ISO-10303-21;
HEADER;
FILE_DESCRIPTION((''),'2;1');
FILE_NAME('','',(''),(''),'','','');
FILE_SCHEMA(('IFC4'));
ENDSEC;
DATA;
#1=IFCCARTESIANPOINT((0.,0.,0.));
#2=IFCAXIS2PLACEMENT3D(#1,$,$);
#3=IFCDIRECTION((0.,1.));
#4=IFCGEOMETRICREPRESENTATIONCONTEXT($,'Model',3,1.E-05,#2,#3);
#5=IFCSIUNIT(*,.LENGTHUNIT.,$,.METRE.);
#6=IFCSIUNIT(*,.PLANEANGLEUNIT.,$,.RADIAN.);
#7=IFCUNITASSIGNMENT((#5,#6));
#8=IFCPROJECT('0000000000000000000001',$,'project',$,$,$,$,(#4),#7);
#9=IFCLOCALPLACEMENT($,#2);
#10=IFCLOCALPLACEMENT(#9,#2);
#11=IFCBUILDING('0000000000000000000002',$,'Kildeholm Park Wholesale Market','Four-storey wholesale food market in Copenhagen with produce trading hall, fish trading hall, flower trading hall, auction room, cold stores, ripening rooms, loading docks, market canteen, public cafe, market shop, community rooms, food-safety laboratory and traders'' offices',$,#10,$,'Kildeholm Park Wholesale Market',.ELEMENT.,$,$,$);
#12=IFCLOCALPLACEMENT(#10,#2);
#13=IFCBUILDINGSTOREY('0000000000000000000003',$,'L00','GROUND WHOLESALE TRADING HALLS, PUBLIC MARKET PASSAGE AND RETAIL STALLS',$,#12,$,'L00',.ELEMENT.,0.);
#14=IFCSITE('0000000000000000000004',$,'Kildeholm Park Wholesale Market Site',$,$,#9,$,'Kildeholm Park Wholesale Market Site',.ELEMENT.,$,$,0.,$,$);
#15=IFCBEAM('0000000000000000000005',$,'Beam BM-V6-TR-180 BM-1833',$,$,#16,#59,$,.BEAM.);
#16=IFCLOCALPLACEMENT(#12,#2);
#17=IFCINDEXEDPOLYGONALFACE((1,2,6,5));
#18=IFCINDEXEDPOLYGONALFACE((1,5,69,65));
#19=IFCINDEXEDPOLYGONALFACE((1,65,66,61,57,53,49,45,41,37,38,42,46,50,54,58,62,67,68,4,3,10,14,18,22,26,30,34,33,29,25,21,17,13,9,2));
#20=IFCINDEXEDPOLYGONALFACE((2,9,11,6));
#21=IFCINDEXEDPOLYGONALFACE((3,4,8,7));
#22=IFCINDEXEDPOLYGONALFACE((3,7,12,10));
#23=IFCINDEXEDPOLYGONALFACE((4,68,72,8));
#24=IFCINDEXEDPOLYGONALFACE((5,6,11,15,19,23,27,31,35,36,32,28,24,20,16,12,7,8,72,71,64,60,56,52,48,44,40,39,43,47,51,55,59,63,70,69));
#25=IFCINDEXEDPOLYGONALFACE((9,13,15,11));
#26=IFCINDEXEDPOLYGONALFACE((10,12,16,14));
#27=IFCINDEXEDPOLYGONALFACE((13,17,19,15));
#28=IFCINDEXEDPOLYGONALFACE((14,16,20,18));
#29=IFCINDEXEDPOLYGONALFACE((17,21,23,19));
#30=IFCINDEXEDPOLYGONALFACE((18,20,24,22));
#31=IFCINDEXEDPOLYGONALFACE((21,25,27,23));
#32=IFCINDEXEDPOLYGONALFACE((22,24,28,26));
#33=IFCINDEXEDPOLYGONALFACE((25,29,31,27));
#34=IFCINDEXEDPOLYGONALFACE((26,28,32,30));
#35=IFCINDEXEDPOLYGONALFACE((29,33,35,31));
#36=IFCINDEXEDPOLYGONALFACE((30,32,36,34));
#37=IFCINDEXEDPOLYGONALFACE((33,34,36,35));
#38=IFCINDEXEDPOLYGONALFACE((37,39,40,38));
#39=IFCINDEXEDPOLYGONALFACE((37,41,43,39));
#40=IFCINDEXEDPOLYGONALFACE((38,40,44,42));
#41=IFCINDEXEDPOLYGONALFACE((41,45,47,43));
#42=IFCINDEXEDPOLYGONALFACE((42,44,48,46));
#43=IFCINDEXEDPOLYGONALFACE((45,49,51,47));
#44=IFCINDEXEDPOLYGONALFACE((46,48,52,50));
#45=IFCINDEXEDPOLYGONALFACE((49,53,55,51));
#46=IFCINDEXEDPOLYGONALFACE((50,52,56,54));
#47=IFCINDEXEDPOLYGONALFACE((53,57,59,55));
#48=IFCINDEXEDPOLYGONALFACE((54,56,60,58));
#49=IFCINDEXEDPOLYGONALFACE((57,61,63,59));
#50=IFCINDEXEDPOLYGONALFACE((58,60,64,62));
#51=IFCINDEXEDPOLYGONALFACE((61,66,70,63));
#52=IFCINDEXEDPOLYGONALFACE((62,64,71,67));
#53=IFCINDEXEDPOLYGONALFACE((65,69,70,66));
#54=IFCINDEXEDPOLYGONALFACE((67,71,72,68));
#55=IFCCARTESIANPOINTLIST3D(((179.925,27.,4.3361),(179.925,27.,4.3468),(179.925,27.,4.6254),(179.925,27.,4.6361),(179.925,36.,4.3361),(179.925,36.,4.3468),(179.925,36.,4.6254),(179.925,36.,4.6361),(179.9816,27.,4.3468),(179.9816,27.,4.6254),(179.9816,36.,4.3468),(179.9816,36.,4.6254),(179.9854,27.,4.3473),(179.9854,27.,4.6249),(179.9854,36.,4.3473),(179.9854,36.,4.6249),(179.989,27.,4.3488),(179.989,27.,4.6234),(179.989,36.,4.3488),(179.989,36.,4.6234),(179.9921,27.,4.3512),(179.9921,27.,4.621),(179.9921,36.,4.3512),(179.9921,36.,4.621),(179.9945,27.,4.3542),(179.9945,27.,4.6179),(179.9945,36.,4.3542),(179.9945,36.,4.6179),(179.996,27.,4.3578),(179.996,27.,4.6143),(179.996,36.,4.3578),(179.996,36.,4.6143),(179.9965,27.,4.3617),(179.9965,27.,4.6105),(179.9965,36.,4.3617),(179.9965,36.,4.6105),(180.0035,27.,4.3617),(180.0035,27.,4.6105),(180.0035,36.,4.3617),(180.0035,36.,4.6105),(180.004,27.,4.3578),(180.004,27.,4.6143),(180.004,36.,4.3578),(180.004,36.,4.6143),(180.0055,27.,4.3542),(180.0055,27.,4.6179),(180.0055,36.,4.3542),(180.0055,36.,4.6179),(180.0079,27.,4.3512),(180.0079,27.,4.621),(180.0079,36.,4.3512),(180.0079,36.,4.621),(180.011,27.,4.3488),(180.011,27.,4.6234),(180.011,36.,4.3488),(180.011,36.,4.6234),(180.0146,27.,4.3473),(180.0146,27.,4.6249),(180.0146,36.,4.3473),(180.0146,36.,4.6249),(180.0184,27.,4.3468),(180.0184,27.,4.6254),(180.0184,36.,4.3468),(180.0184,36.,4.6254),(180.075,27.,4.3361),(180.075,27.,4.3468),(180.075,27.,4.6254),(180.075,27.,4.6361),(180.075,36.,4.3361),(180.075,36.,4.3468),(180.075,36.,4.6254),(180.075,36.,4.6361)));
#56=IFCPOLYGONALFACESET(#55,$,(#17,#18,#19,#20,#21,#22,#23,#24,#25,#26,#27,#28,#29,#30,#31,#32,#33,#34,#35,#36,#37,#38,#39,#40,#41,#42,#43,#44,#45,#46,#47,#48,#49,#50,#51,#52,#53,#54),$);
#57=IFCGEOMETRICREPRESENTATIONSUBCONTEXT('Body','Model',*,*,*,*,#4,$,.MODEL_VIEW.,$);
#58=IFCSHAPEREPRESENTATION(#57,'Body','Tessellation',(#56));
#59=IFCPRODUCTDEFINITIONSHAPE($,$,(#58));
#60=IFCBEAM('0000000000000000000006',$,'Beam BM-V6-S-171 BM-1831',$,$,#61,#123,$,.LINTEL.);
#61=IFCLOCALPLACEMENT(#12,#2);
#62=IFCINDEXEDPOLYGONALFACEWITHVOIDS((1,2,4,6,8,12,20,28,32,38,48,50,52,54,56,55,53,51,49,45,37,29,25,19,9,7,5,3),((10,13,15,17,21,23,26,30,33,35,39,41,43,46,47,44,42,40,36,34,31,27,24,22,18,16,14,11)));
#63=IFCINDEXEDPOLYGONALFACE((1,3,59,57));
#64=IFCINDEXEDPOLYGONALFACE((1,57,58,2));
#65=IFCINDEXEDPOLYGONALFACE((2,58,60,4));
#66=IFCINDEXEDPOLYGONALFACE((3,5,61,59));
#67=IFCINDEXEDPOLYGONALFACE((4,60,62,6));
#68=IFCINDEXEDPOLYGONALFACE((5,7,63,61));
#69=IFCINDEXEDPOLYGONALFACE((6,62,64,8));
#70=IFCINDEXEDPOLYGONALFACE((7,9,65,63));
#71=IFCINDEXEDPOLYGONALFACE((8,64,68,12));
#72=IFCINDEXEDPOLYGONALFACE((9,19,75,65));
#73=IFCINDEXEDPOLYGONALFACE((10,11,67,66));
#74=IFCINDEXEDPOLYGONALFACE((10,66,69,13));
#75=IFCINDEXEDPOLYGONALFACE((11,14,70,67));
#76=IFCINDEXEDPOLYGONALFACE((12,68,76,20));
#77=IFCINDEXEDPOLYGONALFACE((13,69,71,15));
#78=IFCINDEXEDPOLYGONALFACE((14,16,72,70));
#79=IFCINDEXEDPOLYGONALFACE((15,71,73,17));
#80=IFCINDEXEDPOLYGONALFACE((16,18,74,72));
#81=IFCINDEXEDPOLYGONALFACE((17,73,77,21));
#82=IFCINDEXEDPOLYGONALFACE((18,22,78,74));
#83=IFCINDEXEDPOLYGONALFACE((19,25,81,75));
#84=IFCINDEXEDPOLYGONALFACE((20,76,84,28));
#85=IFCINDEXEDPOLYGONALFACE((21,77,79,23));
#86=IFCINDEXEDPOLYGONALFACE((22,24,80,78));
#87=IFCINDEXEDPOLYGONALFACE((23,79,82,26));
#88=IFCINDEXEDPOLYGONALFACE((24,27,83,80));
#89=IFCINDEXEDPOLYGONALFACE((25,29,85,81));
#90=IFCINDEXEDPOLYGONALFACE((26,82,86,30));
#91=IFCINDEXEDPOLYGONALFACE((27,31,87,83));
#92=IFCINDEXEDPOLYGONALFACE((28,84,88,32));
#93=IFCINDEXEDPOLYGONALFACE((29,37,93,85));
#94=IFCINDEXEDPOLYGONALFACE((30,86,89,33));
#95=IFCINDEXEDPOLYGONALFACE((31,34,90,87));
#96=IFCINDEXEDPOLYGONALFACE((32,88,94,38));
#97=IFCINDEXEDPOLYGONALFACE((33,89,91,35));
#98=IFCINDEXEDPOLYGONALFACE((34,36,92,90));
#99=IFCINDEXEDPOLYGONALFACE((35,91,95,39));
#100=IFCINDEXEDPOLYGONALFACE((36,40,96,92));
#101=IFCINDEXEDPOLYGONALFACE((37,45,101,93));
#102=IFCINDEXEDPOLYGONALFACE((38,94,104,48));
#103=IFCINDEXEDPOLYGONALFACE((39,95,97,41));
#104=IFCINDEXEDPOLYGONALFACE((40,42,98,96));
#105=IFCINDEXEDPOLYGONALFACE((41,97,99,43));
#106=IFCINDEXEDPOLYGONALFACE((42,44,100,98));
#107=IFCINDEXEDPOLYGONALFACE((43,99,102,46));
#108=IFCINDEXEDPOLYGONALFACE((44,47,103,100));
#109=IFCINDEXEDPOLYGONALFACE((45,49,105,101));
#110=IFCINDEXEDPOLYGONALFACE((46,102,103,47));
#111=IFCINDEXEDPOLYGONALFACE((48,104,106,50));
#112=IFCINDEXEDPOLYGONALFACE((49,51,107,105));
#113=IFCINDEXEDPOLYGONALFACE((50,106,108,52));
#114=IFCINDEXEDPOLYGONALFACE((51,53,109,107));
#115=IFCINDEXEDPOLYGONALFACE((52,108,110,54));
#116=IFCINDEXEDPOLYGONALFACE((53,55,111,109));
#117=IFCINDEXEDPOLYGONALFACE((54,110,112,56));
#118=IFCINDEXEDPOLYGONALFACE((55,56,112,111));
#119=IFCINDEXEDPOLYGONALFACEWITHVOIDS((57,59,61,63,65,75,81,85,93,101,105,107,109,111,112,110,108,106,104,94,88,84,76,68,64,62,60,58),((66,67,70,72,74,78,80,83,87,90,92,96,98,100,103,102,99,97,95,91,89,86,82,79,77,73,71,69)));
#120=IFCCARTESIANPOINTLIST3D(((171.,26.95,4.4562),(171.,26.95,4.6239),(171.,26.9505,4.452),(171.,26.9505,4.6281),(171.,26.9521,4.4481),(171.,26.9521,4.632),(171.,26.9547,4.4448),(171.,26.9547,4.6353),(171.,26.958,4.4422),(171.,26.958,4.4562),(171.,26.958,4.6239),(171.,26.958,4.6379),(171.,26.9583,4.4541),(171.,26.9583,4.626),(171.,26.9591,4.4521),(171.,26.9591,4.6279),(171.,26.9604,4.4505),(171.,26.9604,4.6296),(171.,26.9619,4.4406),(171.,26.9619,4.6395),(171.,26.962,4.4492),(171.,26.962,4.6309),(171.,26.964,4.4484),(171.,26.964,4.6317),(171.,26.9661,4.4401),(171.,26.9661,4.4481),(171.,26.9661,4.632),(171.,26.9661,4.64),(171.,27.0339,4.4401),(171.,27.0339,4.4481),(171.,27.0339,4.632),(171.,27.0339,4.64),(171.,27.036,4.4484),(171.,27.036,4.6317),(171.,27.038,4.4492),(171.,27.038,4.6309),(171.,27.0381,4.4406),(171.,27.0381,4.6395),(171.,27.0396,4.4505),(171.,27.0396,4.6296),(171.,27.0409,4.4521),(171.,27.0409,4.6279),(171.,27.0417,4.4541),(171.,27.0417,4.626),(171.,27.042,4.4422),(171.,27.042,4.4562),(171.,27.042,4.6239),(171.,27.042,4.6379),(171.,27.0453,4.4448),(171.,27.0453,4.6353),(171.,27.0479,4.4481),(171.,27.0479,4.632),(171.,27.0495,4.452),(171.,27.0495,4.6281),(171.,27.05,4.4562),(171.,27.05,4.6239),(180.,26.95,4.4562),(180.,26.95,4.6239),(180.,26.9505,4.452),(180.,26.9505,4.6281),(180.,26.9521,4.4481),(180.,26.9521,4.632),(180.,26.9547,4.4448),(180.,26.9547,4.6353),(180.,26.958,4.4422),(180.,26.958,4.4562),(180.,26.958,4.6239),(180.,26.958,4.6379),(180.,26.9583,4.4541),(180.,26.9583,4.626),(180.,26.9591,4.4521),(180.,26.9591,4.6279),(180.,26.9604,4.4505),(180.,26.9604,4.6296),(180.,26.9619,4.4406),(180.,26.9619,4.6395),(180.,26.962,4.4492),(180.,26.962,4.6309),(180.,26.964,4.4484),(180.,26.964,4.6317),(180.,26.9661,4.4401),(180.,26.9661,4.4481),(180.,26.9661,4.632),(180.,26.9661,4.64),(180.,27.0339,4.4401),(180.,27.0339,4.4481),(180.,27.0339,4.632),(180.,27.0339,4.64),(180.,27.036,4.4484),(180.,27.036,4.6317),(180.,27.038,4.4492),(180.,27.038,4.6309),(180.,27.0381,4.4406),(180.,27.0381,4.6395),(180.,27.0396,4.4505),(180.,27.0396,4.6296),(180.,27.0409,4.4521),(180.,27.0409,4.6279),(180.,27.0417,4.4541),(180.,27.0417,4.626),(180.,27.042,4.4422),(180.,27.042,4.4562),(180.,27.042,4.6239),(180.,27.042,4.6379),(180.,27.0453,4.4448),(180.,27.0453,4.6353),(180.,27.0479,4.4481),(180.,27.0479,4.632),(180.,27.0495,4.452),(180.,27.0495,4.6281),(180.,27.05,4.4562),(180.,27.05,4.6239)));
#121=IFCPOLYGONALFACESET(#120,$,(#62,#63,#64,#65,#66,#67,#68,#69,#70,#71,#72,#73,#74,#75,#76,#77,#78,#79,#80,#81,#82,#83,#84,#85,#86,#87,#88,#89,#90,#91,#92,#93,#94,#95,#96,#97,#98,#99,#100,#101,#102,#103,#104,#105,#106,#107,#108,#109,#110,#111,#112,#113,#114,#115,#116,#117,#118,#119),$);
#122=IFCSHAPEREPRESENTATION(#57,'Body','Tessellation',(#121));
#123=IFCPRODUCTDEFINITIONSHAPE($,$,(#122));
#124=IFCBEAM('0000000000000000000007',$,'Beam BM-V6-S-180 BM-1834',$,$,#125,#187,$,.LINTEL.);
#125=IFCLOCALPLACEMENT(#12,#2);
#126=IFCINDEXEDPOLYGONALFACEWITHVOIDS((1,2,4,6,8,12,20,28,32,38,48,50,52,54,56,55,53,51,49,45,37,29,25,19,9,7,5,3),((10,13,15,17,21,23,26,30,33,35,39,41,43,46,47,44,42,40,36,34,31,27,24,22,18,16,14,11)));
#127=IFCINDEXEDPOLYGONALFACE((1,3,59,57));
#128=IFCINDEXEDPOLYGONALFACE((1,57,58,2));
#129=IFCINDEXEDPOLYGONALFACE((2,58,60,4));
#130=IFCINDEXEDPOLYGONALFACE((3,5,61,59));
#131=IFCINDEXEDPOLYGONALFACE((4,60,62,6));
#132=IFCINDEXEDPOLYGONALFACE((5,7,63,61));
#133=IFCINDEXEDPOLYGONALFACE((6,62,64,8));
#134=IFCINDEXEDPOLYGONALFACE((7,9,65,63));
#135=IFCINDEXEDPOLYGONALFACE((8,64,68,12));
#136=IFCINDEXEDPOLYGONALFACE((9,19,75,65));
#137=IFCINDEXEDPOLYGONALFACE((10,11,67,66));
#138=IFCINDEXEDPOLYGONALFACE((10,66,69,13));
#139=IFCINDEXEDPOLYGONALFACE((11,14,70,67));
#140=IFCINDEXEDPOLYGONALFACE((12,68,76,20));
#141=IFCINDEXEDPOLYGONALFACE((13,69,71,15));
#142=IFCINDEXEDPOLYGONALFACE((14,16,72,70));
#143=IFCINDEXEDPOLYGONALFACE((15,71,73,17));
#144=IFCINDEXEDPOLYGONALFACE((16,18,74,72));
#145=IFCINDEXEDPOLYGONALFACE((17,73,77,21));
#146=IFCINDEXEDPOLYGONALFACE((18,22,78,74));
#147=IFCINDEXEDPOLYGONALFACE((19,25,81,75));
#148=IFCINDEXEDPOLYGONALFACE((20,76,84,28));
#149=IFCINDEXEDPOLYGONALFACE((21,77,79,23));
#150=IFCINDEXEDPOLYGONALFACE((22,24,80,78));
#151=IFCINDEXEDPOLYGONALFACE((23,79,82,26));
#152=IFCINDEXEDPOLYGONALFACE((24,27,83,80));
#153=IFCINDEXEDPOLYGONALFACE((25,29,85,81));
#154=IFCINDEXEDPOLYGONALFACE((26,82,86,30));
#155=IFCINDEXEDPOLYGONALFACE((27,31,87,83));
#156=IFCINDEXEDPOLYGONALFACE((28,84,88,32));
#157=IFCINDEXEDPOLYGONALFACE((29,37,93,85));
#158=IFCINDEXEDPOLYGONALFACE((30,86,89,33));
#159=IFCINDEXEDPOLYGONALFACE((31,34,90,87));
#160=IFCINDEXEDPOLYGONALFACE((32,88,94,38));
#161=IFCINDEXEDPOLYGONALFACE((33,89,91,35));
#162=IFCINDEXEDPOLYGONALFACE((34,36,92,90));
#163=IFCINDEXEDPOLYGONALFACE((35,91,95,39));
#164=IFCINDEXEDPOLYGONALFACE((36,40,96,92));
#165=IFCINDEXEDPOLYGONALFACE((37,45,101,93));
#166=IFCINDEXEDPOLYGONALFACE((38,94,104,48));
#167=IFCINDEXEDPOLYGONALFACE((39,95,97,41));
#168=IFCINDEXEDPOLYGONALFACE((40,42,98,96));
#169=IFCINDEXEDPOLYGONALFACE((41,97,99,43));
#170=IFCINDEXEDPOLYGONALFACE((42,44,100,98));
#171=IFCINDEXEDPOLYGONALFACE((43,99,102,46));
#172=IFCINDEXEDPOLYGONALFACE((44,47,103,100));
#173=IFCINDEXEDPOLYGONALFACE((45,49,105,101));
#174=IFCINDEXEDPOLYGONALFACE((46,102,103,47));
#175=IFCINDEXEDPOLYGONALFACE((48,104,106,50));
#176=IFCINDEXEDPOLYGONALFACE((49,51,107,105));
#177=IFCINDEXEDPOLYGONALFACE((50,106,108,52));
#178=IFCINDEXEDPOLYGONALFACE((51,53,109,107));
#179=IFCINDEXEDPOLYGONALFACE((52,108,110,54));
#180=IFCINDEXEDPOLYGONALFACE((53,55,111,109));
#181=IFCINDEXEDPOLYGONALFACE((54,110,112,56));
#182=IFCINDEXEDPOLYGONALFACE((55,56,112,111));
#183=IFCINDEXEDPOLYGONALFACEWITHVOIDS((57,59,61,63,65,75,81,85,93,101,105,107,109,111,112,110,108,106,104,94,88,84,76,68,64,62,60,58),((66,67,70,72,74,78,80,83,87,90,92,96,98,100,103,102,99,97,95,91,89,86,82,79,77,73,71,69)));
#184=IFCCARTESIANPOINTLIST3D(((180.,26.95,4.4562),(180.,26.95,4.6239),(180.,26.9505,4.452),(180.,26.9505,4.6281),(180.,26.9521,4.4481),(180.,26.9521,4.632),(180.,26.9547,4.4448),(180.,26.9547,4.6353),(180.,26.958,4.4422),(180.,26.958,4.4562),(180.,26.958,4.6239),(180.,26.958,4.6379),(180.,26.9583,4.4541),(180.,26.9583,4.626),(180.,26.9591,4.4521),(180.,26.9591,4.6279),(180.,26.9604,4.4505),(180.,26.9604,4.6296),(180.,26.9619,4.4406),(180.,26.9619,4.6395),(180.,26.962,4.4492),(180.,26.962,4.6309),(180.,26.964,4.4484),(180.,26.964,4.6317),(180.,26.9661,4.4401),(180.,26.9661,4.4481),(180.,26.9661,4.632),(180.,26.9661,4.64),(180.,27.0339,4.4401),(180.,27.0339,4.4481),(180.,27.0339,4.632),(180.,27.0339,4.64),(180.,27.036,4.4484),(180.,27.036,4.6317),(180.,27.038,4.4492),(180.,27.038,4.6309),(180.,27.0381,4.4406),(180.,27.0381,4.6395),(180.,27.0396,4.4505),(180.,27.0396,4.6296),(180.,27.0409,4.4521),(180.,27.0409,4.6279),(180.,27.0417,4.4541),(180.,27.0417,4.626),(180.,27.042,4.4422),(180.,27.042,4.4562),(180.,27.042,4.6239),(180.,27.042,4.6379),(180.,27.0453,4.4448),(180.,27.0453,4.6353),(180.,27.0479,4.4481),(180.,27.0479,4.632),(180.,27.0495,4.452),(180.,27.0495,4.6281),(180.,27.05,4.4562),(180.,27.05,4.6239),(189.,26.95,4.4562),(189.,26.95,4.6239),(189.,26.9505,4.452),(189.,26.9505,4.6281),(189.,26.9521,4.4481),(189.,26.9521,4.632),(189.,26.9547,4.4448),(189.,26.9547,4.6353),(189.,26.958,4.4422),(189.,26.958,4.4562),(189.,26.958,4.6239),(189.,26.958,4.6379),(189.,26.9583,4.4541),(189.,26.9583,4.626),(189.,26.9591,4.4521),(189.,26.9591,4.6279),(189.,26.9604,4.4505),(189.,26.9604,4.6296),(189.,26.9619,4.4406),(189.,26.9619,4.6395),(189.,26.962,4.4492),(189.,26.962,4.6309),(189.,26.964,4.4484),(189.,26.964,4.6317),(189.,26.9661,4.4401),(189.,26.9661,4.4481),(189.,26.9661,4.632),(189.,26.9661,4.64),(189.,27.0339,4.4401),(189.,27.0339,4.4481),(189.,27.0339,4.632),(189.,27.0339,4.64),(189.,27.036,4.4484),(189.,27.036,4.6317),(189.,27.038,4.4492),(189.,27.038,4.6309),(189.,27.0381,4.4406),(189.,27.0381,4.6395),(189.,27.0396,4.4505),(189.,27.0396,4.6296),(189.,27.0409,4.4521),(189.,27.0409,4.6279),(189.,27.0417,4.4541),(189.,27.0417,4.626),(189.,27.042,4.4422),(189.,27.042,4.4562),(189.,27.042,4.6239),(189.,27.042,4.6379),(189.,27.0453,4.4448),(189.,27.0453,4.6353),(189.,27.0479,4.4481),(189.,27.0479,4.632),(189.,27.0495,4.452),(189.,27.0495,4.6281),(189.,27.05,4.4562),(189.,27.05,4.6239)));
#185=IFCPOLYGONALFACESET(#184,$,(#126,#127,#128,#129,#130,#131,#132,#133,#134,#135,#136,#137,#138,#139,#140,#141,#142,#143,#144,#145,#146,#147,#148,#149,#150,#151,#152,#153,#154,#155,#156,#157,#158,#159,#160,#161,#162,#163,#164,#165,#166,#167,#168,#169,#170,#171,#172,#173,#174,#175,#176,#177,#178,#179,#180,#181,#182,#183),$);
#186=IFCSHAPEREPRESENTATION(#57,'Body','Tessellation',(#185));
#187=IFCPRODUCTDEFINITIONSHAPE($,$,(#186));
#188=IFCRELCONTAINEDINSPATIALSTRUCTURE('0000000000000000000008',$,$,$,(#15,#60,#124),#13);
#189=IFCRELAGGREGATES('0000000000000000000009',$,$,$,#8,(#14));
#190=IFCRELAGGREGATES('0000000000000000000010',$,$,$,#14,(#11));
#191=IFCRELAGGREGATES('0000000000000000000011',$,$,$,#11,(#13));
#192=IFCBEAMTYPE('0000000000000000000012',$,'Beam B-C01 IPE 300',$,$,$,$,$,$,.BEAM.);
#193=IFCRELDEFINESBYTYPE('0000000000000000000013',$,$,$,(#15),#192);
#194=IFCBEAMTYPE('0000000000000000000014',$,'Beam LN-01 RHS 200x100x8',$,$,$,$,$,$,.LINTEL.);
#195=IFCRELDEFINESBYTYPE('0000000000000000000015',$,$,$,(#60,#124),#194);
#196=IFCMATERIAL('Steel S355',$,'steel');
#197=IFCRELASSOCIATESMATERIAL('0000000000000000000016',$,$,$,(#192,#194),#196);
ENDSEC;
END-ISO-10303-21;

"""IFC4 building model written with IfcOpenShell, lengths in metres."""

from ifc_helpers import new_model, si_unit, direction, frame, origin, origin_2d, place, context, subcontext, project, spatial, hollow_rectangle, i_section, extrude, material, material_profile, profile_set, type_object, element, save


model = new_model("IFC4")

# Units and contexts
model_context = context("Model", 3, precision=1e-05, world=origin(), true_north=direction((0.0, 1.0)))
body_context = subcontext(model_context, "Body", "Model", "MODEL_VIEW")
ifc_project = project(units=[si_unit("LENGTHUNIT", "METRE"), si_unit("PLANEANGLEUNIT", "RADIAN")], contexts=[model_context])

# Site, building, storey
site_placement = place(None, origin())
site = spatial("IfcSite", under=ifc_project, at=site_placement, Name="Kildeholm Park Wholesale Market Site", LongName="Kildeholm Park Wholesale Market Site", CompositionType="ELEMENT", RefElevation=0.0)
building_placement = place(site_placement, origin())
building = spatial("IfcBuilding", under=site, at=building_placement, Name="Kildeholm Park Wholesale Market", Description="Four-storey wholesale food market in Copenhagen with produce trading hall, fish trading hall, flower trading hall, auction room, cold stores, ripening rooms, loading docks, market canteen, public cafe, market shop, community rooms, food-safety laboratory and traders' offices", LongName="Kildeholm Park Wholesale Market", CompositionType="ELEMENT")
storey_placement = place(building_placement, origin())
storey = spatial("IfcBuildingStorey", under=building, at=storey_placement, Name="L00", Description="GROUND WHOLESALE TRADING HALLS, PUBLIC MARKET PASSAGE AND RETAIL STALLS", LongName="L00", CompositionType="ELEMENT", Elevation=0.0)

# Shared definitions
ifc_material_1 = material(Name="Steel S355", Category="steel")

# Beams
ifc_material_profile_1 = material_profile(ifc_material_1, i_section(OverallWidth=0.1499, OverallDepth=0.3, WebThickness=0.0071, FlangeThickness=0.0107, FilletRadius=0.0149, at=origin_2d()), Name="IPE 300")
ifc_profile_set_1 = profile_set([ifc_material_profile_1], Name="Steel S355")
beam_type_1 = type_object("IfcBeamType", Name="Beam B-C01 IPE 300", PredefinedType="BEAM", material=ifc_profile_set_1)
beam_placement = place(storey_placement, frame((180.0, 27.0, 4.4861), z_axis=(0.0, 1.0, 0.0), x_axis=(-1.0, 0.0, 0.0)))
element("IfcBeam", 1, at=beam_placement, inside=storey, type_object=beam_type_1, Name="Beam BM-V6-TR-180 BM-1833", PredefinedType="BEAM", context=body_context, shape_type="SweptSolid", body=[
    extrude(i_section(OverallWidth=0.1499, OverallDepth=0.3, WebThickness=0.0071, FlangeThickness=0.0107, FilletRadius=0.0149, at=origin_2d()), origin(), (0.0, 0.0, 1.0), 9.0),
])
ifc_material_profile_2 = material_profile(ifc_material_1, hollow_rectangle(XDim=0.1001, YDim=0.2, WallThickness=0.0081, InnerFilletRadius=0.0081, OuterFilletRadius=0.0161, at=origin_2d()), Name="RHS 200x100x8")
ifc_profile_set_2 = profile_set([ifc_material_profile_2], Name="Steel S355")
beam_type_2 = type_object("IfcBeamType", Name="Beam LN-01 RHS 200x100x8", PredefinedType="LINTEL", material=ifc_profile_set_2)
for number, where, z_axis, x_axis, name in (
    (2, (171.0, 27.0, 4.54), (1.0, 0.0, 0.0), (0.0, 1.0, 0.0), "Beam BM-V6-S-171 BM-1831"),
    (3, (180.0, 27.0, 4.54), (1.0, 0.0, 0.0), (0.0, 1.0, 0.0), "Beam BM-V6-S-180 BM-1834"),
):
    element("IfcBeam", number, at=place(storey_placement, frame(where, z_axis=z_axis, x_axis=x_axis)), inside=storey, type_object=beam_type_2, Name=name, PredefinedType="LINTEL", context=body_context, shape_type="SweptSolid", body=[
        extrude(hollow_rectangle(XDim=0.1001, YDim=0.2, WallThickness=0.0081, InnerFilletRadius=0.0081, OuterFilletRadius=0.0161, at=origin_2d()), origin(), (0.0, 0.0, 1.0), 9.0),
    ])

save(model, "model.ifc")
